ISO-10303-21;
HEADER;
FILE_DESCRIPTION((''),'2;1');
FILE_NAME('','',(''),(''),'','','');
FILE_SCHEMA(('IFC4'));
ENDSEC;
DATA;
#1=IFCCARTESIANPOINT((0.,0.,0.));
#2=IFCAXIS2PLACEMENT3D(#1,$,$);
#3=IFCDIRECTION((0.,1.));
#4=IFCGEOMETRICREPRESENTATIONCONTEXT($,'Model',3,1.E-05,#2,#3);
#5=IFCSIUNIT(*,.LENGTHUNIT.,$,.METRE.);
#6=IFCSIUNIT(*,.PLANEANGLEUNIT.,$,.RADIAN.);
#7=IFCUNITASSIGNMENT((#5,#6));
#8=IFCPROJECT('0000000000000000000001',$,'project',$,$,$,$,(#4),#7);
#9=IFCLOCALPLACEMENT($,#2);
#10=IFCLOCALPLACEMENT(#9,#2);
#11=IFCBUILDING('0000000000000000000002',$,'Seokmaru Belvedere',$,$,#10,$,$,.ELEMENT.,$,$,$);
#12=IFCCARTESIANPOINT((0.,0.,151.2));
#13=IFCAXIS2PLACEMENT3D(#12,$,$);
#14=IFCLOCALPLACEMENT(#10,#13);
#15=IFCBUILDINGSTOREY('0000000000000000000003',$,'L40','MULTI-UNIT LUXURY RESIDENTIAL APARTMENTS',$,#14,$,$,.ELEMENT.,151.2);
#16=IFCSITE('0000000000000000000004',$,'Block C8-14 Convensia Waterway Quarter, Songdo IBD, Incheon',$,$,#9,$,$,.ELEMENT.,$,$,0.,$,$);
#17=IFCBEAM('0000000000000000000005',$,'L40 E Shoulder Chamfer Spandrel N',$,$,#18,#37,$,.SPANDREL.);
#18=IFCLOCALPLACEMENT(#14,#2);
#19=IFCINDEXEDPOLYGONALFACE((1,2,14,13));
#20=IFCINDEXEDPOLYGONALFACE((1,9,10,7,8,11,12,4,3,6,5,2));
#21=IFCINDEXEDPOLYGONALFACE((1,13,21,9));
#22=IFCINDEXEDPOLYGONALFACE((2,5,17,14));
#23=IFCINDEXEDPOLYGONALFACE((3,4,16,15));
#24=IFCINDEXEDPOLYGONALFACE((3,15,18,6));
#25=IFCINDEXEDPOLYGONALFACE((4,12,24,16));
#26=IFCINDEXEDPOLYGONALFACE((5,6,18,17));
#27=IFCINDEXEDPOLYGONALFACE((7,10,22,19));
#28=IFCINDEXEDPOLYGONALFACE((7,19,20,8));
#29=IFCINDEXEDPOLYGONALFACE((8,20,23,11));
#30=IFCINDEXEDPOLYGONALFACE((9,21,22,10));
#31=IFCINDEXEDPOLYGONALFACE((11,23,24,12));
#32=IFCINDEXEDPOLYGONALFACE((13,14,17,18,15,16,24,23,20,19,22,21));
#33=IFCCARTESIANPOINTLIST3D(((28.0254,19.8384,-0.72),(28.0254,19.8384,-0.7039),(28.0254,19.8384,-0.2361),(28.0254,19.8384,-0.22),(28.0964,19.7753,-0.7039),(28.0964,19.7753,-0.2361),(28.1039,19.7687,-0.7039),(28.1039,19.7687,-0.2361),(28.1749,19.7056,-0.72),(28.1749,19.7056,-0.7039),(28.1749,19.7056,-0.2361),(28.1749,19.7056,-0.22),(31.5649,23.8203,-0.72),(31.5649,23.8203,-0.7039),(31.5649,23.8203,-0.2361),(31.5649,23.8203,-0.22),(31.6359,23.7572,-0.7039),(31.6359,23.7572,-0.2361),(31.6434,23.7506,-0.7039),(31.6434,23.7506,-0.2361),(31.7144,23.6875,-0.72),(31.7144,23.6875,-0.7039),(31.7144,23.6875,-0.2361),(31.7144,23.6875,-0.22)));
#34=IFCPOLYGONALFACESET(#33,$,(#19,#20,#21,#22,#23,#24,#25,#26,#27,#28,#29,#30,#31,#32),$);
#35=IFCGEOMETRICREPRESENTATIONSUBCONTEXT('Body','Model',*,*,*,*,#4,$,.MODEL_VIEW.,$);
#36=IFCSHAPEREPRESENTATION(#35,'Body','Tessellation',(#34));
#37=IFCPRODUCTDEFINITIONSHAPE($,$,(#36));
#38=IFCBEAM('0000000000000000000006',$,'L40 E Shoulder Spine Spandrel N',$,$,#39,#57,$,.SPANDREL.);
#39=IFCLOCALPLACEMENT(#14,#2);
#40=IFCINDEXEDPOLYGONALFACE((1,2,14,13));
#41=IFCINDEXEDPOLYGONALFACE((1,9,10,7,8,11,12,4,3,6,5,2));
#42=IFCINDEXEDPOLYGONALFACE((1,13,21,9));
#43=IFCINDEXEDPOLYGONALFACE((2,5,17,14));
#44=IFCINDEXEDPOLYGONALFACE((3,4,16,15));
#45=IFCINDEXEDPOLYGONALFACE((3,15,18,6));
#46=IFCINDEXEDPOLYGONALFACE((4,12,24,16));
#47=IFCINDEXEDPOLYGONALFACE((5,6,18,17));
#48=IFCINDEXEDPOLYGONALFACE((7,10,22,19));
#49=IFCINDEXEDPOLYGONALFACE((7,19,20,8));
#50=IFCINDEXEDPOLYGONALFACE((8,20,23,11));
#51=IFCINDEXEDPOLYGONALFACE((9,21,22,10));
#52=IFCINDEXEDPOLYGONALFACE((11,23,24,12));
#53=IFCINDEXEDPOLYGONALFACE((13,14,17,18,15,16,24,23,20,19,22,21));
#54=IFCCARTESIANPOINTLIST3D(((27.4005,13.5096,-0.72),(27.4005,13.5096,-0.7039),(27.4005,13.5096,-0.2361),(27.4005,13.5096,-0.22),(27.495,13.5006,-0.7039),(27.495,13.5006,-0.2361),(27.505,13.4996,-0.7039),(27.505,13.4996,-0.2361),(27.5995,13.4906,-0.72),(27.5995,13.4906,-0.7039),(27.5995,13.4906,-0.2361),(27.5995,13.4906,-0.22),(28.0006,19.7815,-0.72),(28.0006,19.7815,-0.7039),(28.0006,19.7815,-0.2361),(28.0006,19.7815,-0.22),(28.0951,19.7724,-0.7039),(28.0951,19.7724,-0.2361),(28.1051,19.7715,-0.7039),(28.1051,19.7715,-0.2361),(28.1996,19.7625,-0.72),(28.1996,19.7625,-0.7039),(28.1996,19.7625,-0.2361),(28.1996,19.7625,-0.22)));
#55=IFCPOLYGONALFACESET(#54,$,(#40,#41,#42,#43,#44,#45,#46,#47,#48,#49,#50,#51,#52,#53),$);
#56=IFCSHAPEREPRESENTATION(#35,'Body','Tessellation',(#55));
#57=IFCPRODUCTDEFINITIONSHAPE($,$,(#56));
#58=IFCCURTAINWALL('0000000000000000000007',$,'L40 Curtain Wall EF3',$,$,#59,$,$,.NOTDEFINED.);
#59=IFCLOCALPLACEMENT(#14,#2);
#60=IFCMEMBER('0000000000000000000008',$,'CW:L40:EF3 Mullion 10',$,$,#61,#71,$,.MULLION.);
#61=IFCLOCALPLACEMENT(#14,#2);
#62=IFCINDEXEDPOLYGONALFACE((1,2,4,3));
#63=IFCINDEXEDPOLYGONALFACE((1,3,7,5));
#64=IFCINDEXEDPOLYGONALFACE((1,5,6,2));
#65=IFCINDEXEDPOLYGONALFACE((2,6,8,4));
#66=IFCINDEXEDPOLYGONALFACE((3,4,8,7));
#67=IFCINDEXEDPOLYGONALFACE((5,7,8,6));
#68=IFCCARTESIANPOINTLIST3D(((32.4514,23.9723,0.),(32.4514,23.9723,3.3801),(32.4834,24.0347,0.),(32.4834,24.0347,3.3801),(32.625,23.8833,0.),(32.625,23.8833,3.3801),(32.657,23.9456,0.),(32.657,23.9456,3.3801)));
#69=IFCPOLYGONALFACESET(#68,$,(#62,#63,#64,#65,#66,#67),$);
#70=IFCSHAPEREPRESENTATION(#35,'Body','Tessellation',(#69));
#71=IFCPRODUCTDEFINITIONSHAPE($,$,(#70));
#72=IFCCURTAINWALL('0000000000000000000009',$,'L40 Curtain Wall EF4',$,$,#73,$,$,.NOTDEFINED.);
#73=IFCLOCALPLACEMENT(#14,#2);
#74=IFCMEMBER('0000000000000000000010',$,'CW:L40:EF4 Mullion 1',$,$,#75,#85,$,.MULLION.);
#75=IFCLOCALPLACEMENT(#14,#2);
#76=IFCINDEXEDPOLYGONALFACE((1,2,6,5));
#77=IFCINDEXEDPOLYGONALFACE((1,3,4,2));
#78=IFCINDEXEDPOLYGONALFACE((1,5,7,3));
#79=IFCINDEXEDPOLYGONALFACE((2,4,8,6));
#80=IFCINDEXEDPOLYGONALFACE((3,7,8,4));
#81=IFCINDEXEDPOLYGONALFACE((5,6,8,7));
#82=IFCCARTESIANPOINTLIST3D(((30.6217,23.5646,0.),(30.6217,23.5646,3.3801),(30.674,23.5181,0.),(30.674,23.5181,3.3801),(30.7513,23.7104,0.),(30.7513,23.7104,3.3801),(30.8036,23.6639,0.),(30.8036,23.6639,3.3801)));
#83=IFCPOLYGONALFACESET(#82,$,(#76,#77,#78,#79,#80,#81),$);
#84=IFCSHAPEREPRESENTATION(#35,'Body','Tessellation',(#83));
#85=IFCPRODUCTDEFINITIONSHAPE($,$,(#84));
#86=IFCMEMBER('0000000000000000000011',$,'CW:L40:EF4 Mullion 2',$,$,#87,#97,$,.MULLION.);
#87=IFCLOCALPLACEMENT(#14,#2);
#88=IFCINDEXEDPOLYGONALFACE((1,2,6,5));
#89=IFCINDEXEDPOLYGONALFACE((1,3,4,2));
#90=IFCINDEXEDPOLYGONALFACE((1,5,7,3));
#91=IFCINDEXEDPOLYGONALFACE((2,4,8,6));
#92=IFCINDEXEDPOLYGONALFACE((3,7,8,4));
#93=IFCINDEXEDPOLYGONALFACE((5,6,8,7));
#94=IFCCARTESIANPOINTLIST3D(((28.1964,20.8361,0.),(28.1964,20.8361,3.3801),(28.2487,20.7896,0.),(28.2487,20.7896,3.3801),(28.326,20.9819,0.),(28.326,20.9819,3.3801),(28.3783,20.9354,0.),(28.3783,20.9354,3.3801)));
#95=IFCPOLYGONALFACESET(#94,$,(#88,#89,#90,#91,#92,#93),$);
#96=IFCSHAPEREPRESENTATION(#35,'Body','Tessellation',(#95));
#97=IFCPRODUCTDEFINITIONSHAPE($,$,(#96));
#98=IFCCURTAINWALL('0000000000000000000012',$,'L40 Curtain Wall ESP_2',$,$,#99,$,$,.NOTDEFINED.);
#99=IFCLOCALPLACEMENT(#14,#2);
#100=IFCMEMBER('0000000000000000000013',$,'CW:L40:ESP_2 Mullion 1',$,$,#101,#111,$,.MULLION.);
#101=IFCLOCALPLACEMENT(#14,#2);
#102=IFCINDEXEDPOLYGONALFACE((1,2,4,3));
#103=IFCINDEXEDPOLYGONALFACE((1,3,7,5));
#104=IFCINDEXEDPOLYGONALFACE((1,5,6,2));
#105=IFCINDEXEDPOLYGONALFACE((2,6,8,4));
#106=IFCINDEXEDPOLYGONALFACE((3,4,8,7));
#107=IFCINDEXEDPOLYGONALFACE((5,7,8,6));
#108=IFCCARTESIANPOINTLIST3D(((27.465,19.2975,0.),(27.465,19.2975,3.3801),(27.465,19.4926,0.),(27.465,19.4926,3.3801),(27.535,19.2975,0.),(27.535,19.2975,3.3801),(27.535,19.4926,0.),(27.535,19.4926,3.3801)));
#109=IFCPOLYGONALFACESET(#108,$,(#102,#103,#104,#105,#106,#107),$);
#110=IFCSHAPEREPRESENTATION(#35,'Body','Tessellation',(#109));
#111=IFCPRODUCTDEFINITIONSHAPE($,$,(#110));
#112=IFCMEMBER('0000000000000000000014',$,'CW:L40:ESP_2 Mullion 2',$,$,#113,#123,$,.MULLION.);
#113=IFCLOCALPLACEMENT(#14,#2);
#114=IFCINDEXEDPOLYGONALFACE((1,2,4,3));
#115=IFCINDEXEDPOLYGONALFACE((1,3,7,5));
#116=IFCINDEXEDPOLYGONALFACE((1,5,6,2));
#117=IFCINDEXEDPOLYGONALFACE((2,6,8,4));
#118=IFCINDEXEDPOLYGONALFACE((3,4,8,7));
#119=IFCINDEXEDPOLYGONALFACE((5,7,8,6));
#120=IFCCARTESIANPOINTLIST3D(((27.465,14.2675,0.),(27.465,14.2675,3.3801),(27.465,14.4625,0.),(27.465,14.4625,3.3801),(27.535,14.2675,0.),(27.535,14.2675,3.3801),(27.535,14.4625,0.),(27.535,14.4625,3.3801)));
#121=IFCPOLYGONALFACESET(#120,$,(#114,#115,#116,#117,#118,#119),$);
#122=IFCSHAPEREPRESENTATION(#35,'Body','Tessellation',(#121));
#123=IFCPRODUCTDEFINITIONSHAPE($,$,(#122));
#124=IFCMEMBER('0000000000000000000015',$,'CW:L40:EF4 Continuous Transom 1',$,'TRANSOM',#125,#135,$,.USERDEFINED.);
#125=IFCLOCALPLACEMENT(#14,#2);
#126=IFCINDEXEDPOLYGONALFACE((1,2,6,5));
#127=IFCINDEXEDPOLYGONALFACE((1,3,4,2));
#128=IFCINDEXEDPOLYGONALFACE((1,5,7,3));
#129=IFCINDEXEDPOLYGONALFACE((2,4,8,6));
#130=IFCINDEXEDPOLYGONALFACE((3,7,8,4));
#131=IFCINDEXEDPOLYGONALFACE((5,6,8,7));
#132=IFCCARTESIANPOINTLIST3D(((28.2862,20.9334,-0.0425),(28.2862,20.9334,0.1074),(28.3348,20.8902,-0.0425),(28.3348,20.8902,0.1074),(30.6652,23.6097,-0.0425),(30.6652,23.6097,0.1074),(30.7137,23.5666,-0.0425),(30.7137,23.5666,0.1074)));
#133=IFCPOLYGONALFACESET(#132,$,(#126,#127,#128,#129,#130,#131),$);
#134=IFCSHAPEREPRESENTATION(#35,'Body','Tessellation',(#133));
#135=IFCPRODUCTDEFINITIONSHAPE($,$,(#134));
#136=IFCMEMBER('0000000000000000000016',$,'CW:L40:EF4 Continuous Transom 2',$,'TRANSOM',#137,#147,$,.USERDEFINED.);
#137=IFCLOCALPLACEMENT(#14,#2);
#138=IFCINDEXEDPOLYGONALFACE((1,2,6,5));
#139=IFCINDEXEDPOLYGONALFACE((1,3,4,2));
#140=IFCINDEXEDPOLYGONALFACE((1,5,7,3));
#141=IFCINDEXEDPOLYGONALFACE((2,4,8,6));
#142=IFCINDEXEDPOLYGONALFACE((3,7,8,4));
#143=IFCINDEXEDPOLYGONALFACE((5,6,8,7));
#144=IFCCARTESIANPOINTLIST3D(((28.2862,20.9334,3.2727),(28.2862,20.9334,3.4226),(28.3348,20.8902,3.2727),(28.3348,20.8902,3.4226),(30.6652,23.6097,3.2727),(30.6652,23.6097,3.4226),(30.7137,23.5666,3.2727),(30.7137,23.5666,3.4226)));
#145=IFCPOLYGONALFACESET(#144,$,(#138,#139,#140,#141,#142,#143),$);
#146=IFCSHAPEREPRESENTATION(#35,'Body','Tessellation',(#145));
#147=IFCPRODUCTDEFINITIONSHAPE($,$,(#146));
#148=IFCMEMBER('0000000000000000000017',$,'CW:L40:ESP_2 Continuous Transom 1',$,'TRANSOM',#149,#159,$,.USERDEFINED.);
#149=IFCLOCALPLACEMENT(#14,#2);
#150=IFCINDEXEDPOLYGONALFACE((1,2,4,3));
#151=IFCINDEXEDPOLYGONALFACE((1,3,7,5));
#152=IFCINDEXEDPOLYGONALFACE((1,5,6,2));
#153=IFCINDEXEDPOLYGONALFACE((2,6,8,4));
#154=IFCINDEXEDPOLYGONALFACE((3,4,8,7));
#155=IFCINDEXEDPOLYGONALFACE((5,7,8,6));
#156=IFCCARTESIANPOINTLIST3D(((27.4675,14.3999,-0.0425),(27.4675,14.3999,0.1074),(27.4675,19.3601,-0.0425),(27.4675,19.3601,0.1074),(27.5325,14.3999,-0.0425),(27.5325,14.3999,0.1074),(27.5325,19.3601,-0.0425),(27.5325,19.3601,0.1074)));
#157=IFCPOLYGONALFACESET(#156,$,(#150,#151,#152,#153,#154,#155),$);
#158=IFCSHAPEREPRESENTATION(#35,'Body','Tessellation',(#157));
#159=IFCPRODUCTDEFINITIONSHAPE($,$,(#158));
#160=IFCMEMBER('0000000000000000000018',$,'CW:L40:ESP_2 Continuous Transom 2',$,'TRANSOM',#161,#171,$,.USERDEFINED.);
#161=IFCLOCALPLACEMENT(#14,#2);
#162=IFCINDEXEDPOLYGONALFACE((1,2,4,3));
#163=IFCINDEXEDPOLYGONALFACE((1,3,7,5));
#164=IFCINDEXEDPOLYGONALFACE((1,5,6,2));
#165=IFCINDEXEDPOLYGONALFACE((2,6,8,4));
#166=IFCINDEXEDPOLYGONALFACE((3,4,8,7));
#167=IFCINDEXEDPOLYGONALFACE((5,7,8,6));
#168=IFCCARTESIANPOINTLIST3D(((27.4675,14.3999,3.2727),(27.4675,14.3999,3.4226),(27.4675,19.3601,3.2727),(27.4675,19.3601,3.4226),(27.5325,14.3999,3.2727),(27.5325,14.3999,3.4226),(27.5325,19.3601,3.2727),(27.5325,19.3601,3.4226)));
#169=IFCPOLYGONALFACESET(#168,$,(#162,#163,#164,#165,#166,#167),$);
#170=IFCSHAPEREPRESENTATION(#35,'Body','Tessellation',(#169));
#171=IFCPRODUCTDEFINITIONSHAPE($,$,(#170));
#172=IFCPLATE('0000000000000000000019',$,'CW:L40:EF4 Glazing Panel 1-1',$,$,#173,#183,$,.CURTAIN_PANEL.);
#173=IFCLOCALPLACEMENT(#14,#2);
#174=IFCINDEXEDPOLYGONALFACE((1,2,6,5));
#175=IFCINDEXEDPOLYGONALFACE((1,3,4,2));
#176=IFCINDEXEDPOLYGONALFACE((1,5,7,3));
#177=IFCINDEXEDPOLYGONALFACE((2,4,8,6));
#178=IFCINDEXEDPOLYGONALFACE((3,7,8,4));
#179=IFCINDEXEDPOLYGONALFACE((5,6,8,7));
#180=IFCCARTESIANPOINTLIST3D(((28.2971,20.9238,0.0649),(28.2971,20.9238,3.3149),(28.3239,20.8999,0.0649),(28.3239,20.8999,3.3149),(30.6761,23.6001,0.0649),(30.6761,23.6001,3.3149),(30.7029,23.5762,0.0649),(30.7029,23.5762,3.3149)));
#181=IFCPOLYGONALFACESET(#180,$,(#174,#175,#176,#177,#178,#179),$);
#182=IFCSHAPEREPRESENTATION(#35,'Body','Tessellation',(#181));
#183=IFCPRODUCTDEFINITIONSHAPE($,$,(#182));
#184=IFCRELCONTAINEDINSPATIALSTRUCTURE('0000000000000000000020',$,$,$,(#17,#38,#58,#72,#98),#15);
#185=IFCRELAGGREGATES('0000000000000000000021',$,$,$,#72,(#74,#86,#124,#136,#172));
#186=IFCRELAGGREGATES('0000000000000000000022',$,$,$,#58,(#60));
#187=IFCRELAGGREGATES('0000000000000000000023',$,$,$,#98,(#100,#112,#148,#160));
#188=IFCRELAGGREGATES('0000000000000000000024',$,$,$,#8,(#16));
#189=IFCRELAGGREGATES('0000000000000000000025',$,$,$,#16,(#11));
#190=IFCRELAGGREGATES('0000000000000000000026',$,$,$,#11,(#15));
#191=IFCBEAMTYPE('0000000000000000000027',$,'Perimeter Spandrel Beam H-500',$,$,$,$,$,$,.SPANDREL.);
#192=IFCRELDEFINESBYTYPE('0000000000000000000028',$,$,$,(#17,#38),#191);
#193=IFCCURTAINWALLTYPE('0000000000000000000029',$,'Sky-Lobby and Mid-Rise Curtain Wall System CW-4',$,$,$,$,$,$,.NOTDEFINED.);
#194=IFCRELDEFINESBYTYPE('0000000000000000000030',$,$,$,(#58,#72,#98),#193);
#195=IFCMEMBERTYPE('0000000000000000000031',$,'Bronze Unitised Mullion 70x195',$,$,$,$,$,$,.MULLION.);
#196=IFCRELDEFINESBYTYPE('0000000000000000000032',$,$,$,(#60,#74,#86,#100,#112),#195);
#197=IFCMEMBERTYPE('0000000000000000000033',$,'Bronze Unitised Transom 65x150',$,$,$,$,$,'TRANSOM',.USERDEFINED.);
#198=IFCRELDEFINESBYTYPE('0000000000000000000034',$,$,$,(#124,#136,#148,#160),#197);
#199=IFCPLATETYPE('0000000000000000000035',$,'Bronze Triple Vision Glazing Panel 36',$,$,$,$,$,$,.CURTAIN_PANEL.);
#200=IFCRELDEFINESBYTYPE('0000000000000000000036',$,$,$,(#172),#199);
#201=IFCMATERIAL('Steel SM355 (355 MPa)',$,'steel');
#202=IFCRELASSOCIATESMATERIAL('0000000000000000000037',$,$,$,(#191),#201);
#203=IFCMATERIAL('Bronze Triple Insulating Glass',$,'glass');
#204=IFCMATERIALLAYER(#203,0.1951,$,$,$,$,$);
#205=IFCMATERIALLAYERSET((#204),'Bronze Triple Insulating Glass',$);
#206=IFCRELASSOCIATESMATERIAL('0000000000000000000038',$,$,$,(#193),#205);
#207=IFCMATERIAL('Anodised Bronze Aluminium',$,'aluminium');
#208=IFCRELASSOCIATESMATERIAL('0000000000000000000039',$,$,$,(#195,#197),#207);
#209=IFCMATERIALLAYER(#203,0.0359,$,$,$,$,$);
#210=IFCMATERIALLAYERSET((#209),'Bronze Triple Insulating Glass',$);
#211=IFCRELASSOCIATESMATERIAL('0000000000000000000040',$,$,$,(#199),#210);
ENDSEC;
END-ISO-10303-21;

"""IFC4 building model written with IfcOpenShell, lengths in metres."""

from ifc_helpers import new_model, si_unit, direction, frame, origin, origin_2d, place, context, subcontext, project, spatial, rectangle, i_section, extrude, source, transform, mapped, material, layer, layer_set, material_profile, profile_set, type_object, type_shapes, element, aggregate, save


model = new_model("IFC4")

# Units and contexts
model_context = context("Model", 3, precision=1e-05, world=origin(), true_north=direction((0.0, 1.0)))
body_context = subcontext(model_context, "Body", "Model", "MODEL_VIEW")
ifc_project = project(units=[si_unit("LENGTHUNIT", "METRE"), si_unit("PLANEANGLEUNIT", "RADIAN")], contexts=[model_context])

# Site, building, storey
site_placement = place(None, origin())
site = spatial("IfcSite", under=ifc_project, at=site_placement, Name="Block C8-14 Convensia Waterway Quarter, Songdo IBD, Incheon", CompositionType="ELEMENT", RefElevation=0.0)
building_placement = place(site_placement, origin())
building = spatial("IfcBuilding", under=site, at=building_placement, Name="Seokmaru Belvedere", CompositionType="ELEMENT")
storey_placement = place(building_placement, frame((0.0, 0.0, 151.2)))
storey = spatial("IfcBuildingStorey", under=building, at=storey_placement, Name="L40", Description="MULTI-UNIT LUXURY RESIDENTIAL APARTMENTS", CompositionType="ELEMENT", Elevation=151.2)

# Shared definitions
ifc_material_1 = material(Name="Steel SM355 (355 MPa)", Category="steel")

# Beams
ifc_material_profile_1 = material_profile(ifc_material_1, i_section(OverallWidth=0.2, OverallDepth=0.5, WebThickness=0.01, FlangeThickness=0.0161, at=origin_2d()), Name="H-500x200x10x16")
ifc_profile_set_1 = profile_set([ifc_material_profile_1], Name="Steel SM355 (355 MPa)")
beam_type_1 = type_object("IfcBeamType", Name="Perimeter Spandrel Beam H-500", PredefinedType="SPANDREL", material=ifc_profile_set_1)
shared_shape_1 = source(origin(), body_context, "Body", "SweptSolid", [
    extrude(i_section(OverallWidth=0.2, OverallDepth=0.5, WebThickness=0.01, FlangeThickness=0.0161, at=origin_2d()), origin(), (0.0, 0.0, 1.0), 5.3276),
])
beam_1_placement = place(storey_placement, frame((31.6396, 23.7539, -0.47), z_axis=(-0.66437, -0.747404, 0.0), x_axis=(0.747404, -0.66437, 0.0)))
element("IfcBeam", 1, at=beam_1_placement, inside=storey, type_object=beam_type_1, Name="L40 E Shoulder Chamfer Spandrel N", PredefinedType="SPANDREL", context=body_context, shape_type="MappedRepresentation", body=[
    mapped(shared_shape_1, transform((0.0, 0.0, 0.0), scale=1.0)),
])
shared_shape_2 = source(origin(), body_context, "Body", "SweptSolid", [
    extrude(i_section(OverallWidth=0.2, OverallDepth=0.5, WebThickness=0.01, FlangeThickness=0.0161, at=origin_2d()), origin(), (0.0, 0.0, 1.0), 6.3005),
])
beam_2_placement = place(storey_placement, frame((28.1001, 19.772, -0.47), z_axis=(-0.095244, -0.995454, 0.0), x_axis=(0.995454, -0.095244, 0.0)))
element("IfcBeam", 2, at=beam_2_placement, inside=storey, type_object=beam_type_1, Name="L40 E Shoulder Spine Spandrel N", PredefinedType="SPANDREL", context=body_context, shape_type="MappedRepresentation", body=[
    mapped(shared_shape_2, transform((0.0, 0.0, 0.0), scale=1.0)),
])

# Curtain wall, member
ifc_material_2 = material(Name="Bronze Triple Insulating Glass", Category="glass")
ifc_layer_1 = layer(ifc_material_2, 0.1951)
ifc_layer_set_1 = layer_set([ifc_layer_1], Name="Bronze Triple Insulating Glass")
curtain_wall_type = type_object("IfcCurtainWallType", Name="Sky-Lobby and Mid-Rise Curtain Wall System CW-4", PredefinedType="NOTDEFINED", material=ifc_layer_set_1)
curtain_wall_1_placement = place(storey_placement, origin())
curtain_wall_1 = element("IfcCurtainWall", 3, at=curtain_wall_1_placement, inside=storey, type_object=curtain_wall_type, Name="L40 Curtain Wall EF3", PredefinedType="NOTDEFINED")
ifc_material_3 = material(Name="Anodised Bronze Aluminium", Category="aluminium")
ifc_material_profile_2 = material_profile(ifc_material_3, rectangle(XDim=0.0701, YDim=0.1951, at=origin_2d()), Name="CW-M-70x195")
ifc_profile_set_2 = profile_set([ifc_material_profile_2], Name="Anodised Bronze Aluminium")
member_type_1 = type_object("IfcMemberType", Name="Bronze Unitised Mullion 70x195", PredefinedType="MULLION", material=ifc_profile_set_2)
shared_shape_3 = source(origin(), body_context, "Body", "SweptSolid", [
    extrude(rectangle(XDim=0.0701, YDim=0.1951, at=origin_2d()), origin(), (0.0, 0.0, 1.0), 3.3801),
])
type_shapes(member_type_1, [shared_shape_3])
member_1_placement = place(storey_placement, frame((32.5542, 23.959, 0.0), z_axis=(0.0, 0.0, 1.0), x_axis=(-0.456555, -0.889695, 0.0)))
member_1 = element("IfcMember", 4, at=member_1_placement, type_object=member_type_1, Name="CW:L40:EF3 Mullion 10", PredefinedType="MULLION", context=body_context, shape_type="MappedRepresentation", body=[
    mapped(shared_shape_3, transform((0.0, 0.0, 0.0), scale=1.0)),
])

# Curtain walls, members
curtain_wall_2_placement = place(storey_placement, origin())
curtain_wall_2 = element("IfcCurtainWall", 5, at=curtain_wall_2_placement, inside=storey, type_object=curtain_wall_type, Name="L40 Curtain Wall EF4", PredefinedType="NOTDEFINED")
member_2_placement = place(storey_placement, frame((30.7126, 23.6143, 0.0), z_axis=(0.0, 0.0, 1.0), x_axis=(0.74741, -0.664363, 0.0)))
member_2 = element("IfcMember", 6, at=member_2_placement, type_object=member_type_1, Name="CW:L40:EF4 Mullion 1", PredefinedType="MULLION", context=body_context, shape_type="MappedRepresentation", body=[
    mapped(shared_shape_3, transform((0.0, 0.0, 0.0), scale=1.0)),
])
member_3_placement = place(storey_placement, frame((28.2874, 20.8857, 0.0), z_axis=(0.0, 0.0, 1.0), x_axis=(0.74741, -0.664363, 0.0)))
member_3 = element("IfcMember", 7, at=member_3_placement, type_object=member_type_1, Name="CW:L40:EF4 Mullion 2", PredefinedType="MULLION", context=body_context, shape_type="MappedRepresentation", body=[
    mapped(shared_shape_3, transform((0.0, 0.0, 0.0), scale=1.0)),
])
curtain_wall_3_placement = place(storey_placement, origin())
curtain_wall_3 = element("IfcCurtainWall", 8, at=curtain_wall_3_placement, inside=storey, type_object=curtain_wall_type, Name="L40 Curtain Wall ESP_2", PredefinedType="NOTDEFINED")
member_4_placement = place(storey_placement, frame((27.5, 19.395, 0.0), z_axis=(0.0, 0.0, 1.0), x_axis=(1.0, 0.0, 0.0)))
member_4 = element("IfcMember", 9, at=member_4_placement, type_object=member_type_1, Name="CW:L40:ESP_2 Mullion 1", PredefinedType="MULLION", context=body_context, shape_type="MappedRepresentation", body=[
    mapped(shared_shape_3, transform((0.0, 0.0, 0.0), scale=1.0)),
])
member_5_placement = place(storey_placement, frame((27.5, 14.365, 0.0), z_axis=(0.0, 0.0, 1.0), x_axis=(1.0, 0.0, 0.0)))
member_5 = element("IfcMember", 10, at=member_5_placement, type_object=member_type_1, Name="CW:L40:ESP_2 Mullion 2", PredefinedType="MULLION", context=body_context, shape_type="MappedRepresentation", body=[
    mapped(shared_shape_3, transform((0.0, 0.0, 0.0), scale=1.0)),
])

# Members
ifc_material_profile_3 = material_profile(ifc_material_3, rectangle(XDim=0.0649, YDim=0.1499, at=origin_2d()), Name="CW-T-65x150")
ifc_profile_set_3 = profile_set([ifc_material_profile_3], Name="Anodised Bronze Aluminium")
member_type_2 = type_object("IfcMemberType", Name="Bronze Unitised Transom 65x150", ElementType="TRANSOM", PredefinedType="USERDEFINED", material=ifc_profile_set_3)
shared_shape_4 = source(origin(), body_context, "Body", "SweptSolid", [
    extrude(rectangle(XDim=0.0649, YDim=0.1499, at=origin_2d()), origin(), (0.0, 0.0, 1.0), 3.5808),
])
member_6_placement = place(storey_placement, frame((30.6895, 23.5881, 0.0325), z_axis=(-0.664364, -0.747409, 0.0), x_axis=(0.747409, -0.664364, 0.0)))
member_6 = element("IfcMember", 11, at=member_6_placement, type_object=member_type_2, Name="CW:L40:EF4 Continuous Transom 1", ObjectType="TRANSOM", PredefinedType="USERDEFINED", context=body_context, shape_type="MappedRepresentation", body=[
    mapped(shared_shape_4, transform((0.0, 0.0, 0.0), scale=1.0)),
])
member_7_placement = place(storey_placement, frame((30.6895, 23.5881, 3.3477), z_axis=(-0.664364, -0.747409, 0.0), x_axis=(0.747409, -0.664364, 0.0)))
member_7 = element("IfcMember", 12, at=member_7_placement, type_object=member_type_2, Name="CW:L40:EF4 Continuous Transom 2", ObjectType="TRANSOM", PredefinedType="USERDEFINED", context=body_context, shape_type="MappedRepresentation", body=[
    mapped(shared_shape_4, transform((0.0, 0.0, 0.0), scale=1.0)),
])
shared_shape_5 = source(origin(), body_context, "Body", "SweptSolid", [
    extrude(rectangle(XDim=0.0649, YDim=0.1499, at=origin_2d()), origin(), (0.0, 0.0, 1.0), 4.9602),
])
type_shapes(member_type_2, [shared_shape_4, shared_shape_5])
member_8_placement = place(storey_placement, frame((27.5, 19.3601, 0.0325), z_axis=(0.0, -1.0, 0.0), x_axis=(1.0, 0.0, 0.0)))
member_8 = element("IfcMember", 13, at=member_8_placement, type_object=member_type_2, Name="CW:L40:ESP_2 Continuous Transom 1", ObjectType="TRANSOM", PredefinedType="USERDEFINED", context=body_context, shape_type="MappedRepresentation", body=[
    mapped(shared_shape_5, transform((0.0, 0.0, 0.0), scale=1.0)),
])
member_9_placement = place(storey_placement, frame((27.5, 19.3601, 3.3477), z_axis=(0.0, -1.0, 0.0), x_axis=(1.0, 0.0, 0.0)))
member_9 = element("IfcMember", 14, at=member_9_placement, type_object=member_type_2, Name="CW:L40:ESP_2 Continuous Transom 2", ObjectType="TRANSOM", PredefinedType="USERDEFINED", context=body_context, shape_type="MappedRepresentation", body=[
    mapped(shared_shape_5, transform((0.0, 0.0, 0.0), scale=1.0)),
])

# Plate
ifc_layer_2 = layer(ifc_material_2, 0.0359)
ifc_layer_set_2 = layer_set([ifc_layer_2], Name="Bronze Triple Insulating Glass")
plate_type = type_object("IfcPlateType", Name="Bronze Triple Vision Glazing Panel 36", PredefinedType="CURTAIN_PANEL", material=ifc_layer_set_2)
shared_shape_6 = source(origin(), body_context, "Body", "SweptSolid", [
    extrude(rectangle(XDim=3.5808, YDim=0.0359, at=origin_2d()), origin(), (0.0, 0.0, 1.0), 3.25),
])
plate_1_placement = place(storey_placement, frame((29.5, 22.25, 0.0649), z_axis=(0.0, 0.0, 1.0), x_axis=(-0.664363, -0.74741, 0.0)))
plate_1 = element("IfcPlate", 15, at=plate_1_placement, type_object=plate_type, Name="CW:L40:EF4 Glazing Panel 1-1", PredefinedType="CURTAIN_PANEL", context=body_context, shape_type="MappedRepresentation", body=[
    mapped(shared_shape_6, transform((0.0, 0.0, 0.0), scale=1.0)),
])
aggregate(curtain_wall_2, [member_2, member_3, member_6, member_7, plate_1])
aggregate(curtain_wall_1, [member_1])
aggregate(curtain_wall_3, [member_4, member_5, member_8, member_9])

save(model, "model.ifc")
